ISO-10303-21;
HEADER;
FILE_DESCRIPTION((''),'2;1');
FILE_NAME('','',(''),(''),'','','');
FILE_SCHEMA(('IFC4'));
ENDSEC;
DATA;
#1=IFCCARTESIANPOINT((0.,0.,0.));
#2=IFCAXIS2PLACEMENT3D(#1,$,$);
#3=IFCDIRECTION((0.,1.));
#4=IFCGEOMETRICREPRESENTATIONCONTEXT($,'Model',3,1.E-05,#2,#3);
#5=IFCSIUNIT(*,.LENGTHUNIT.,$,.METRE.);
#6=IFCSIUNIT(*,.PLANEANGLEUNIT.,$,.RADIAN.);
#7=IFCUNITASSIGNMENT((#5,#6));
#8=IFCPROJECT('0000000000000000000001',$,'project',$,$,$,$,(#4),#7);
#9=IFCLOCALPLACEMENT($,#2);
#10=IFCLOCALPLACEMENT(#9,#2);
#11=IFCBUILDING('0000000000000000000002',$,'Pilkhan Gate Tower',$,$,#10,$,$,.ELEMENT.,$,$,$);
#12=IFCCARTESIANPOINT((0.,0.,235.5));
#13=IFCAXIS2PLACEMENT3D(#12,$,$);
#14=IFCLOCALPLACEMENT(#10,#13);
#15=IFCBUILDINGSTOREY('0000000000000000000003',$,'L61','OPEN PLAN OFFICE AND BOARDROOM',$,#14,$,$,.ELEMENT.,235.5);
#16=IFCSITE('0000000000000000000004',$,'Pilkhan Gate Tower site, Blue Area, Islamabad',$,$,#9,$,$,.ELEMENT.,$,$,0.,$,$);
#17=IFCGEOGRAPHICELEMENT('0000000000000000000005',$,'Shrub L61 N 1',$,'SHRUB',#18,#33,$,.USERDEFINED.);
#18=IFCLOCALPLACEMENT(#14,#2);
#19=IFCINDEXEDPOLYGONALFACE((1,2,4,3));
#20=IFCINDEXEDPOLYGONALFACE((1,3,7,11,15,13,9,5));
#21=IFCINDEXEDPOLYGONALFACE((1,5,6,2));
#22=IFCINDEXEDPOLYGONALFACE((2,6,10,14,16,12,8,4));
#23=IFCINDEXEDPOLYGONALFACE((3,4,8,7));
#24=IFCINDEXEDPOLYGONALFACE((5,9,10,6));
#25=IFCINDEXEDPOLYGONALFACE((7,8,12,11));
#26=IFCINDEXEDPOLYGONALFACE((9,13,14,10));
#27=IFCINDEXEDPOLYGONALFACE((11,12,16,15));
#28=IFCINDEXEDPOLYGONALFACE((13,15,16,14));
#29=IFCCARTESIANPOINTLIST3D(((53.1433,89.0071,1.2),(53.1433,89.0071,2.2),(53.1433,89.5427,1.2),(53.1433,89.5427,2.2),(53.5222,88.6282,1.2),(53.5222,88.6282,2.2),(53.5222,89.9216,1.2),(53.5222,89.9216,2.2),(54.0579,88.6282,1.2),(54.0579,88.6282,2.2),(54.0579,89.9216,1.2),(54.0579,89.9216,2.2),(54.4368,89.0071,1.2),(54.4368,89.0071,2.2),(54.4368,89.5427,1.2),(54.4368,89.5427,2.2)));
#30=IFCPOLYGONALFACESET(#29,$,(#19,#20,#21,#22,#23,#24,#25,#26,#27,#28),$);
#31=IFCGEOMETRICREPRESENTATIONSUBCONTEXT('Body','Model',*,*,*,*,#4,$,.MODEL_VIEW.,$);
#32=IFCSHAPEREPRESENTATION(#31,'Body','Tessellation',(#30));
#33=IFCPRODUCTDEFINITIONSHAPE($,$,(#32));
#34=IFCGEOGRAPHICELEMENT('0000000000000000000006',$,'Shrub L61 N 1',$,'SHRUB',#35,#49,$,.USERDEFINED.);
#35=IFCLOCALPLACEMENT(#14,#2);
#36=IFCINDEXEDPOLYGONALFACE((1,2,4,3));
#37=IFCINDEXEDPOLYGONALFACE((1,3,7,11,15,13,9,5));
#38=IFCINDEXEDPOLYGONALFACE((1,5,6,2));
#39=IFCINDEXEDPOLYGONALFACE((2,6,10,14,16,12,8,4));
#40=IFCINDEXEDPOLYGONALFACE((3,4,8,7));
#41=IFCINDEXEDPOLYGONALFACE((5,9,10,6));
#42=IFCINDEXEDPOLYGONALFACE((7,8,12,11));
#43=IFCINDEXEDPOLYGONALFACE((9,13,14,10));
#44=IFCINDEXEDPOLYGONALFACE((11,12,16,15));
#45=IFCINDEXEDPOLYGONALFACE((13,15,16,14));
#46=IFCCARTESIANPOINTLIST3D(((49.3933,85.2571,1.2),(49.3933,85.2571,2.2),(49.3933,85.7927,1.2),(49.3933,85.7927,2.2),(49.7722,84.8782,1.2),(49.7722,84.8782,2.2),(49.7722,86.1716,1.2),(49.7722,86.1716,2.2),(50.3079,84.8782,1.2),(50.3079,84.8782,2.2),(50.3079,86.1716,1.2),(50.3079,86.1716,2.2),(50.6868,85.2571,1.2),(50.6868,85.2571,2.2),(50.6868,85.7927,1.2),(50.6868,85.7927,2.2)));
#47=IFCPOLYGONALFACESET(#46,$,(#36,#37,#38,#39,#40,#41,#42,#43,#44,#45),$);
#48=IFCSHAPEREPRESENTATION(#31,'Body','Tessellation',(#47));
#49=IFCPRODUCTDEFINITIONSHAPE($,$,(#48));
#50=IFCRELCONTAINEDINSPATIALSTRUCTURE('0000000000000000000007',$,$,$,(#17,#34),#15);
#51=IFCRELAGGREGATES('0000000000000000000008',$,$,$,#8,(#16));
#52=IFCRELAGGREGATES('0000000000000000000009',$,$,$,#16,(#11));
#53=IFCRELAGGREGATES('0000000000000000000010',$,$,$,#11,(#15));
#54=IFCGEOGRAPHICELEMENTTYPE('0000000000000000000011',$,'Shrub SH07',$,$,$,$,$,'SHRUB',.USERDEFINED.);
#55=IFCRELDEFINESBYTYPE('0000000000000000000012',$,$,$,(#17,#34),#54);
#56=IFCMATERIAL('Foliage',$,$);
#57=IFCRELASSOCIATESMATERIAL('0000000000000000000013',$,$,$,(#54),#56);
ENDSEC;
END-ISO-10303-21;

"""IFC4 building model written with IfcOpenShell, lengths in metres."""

from ifc_helpers import new_model, si_unit, direction, frame, origin, place, context, subcontext, project, spatial, polyline, outline, extrude, material, material_profile, profile_set, type_object, element, save


model = new_model("IFC4")

# Units and contexts
model_context = context("Model", 3, precision=1e-05, world=origin(), true_north=direction((0.0, 1.0)))
body_context = subcontext(model_context, "Body", "Model", "MODEL_VIEW")
ifc_project = project(units=[si_unit("LENGTHUNIT", "METRE"), si_unit("PLANEANGLEUNIT", "RADIAN")], contexts=[model_context])

# Site, building, storey
site_placement = place(None, origin())
site = spatial("IfcSite", under=ifc_project, at=site_placement, Name="Pilkhan Gate Tower site, Blue Area, Islamabad", CompositionType="ELEMENT", RefElevation=0.0)
building_placement = place(site_placement, origin())
building = spatial("IfcBuilding", under=site, at=building_placement, Name="Pilkhan Gate Tower", CompositionType="ELEMENT")
storey_placement = place(building_placement, frame((0.0, 0.0, 235.5)))
storey = spatial("IfcBuildingStorey", under=building, at=storey_placement, Name="L61", Description="OPEN PLAN OFFICE AND BOARDROOM", CompositionType="ELEMENT", Elevation=235.5)

# Geographic elements
ifc_material_1 = material(Name="Foliage")
ifc_material_profile_1 = material_profile(ifc_material_1, outline(polyline([(0.6467, 0.2678), (0.2678, 0.6467), (-0.2678, 0.6467), (-0.6467, 0.2678), (-0.6467, -0.2678), (-0.2678, -0.6467), (0.2678, -0.6467), (0.6467, -0.2678), (0.6467, 0.2678)])), Name="Shrub D1.4")
ifc_profile_set_1 = profile_set([ifc_material_profile_1], Name="Foliage")
geographic_element_type_1 = type_object("IfcGeographicElementType", Name="Shrub SH07", ElementType="SHRUB", PredefinedType="USERDEFINED", material=ifc_profile_set_1)
for number, where, z_axis, x_axis, name in (
    (1, (53.79, 89.2749, 1.2), (0.0, 0.0, 1.0), (1.0, 0.0, 0.0), "Shrub L61 N 1"),
    (2, (50.04, 85.5249, 1.2), (0.0, 0.0, 1.0), (1.0, 0.0, 0.0), "Shrub L61 N 1"),
):
    element("IfcGeographicElement", number, at=place(storey_placement, frame(where, z_axis=z_axis, x_axis=x_axis)), inside=storey, type_object=geographic_element_type_1, Name=name, ObjectType="SHRUB", PredefinedType="USERDEFINED", context=body_context, shape_type="SweptSolid", body=[
        extrude(outline(polyline([(0.6467, 0.2678), (0.2678, 0.6467), (-0.2678, 0.6467), (-0.6467, 0.2678), (-0.6467, -0.2678), (-0.2678, -0.6467), (0.2678, -0.6467), (0.6467, -0.2678), (0.6467, 0.2678)])), origin(), (0.0, 0.0, 1.0), 1.0),
    ])

save(model, "model.ifc")
